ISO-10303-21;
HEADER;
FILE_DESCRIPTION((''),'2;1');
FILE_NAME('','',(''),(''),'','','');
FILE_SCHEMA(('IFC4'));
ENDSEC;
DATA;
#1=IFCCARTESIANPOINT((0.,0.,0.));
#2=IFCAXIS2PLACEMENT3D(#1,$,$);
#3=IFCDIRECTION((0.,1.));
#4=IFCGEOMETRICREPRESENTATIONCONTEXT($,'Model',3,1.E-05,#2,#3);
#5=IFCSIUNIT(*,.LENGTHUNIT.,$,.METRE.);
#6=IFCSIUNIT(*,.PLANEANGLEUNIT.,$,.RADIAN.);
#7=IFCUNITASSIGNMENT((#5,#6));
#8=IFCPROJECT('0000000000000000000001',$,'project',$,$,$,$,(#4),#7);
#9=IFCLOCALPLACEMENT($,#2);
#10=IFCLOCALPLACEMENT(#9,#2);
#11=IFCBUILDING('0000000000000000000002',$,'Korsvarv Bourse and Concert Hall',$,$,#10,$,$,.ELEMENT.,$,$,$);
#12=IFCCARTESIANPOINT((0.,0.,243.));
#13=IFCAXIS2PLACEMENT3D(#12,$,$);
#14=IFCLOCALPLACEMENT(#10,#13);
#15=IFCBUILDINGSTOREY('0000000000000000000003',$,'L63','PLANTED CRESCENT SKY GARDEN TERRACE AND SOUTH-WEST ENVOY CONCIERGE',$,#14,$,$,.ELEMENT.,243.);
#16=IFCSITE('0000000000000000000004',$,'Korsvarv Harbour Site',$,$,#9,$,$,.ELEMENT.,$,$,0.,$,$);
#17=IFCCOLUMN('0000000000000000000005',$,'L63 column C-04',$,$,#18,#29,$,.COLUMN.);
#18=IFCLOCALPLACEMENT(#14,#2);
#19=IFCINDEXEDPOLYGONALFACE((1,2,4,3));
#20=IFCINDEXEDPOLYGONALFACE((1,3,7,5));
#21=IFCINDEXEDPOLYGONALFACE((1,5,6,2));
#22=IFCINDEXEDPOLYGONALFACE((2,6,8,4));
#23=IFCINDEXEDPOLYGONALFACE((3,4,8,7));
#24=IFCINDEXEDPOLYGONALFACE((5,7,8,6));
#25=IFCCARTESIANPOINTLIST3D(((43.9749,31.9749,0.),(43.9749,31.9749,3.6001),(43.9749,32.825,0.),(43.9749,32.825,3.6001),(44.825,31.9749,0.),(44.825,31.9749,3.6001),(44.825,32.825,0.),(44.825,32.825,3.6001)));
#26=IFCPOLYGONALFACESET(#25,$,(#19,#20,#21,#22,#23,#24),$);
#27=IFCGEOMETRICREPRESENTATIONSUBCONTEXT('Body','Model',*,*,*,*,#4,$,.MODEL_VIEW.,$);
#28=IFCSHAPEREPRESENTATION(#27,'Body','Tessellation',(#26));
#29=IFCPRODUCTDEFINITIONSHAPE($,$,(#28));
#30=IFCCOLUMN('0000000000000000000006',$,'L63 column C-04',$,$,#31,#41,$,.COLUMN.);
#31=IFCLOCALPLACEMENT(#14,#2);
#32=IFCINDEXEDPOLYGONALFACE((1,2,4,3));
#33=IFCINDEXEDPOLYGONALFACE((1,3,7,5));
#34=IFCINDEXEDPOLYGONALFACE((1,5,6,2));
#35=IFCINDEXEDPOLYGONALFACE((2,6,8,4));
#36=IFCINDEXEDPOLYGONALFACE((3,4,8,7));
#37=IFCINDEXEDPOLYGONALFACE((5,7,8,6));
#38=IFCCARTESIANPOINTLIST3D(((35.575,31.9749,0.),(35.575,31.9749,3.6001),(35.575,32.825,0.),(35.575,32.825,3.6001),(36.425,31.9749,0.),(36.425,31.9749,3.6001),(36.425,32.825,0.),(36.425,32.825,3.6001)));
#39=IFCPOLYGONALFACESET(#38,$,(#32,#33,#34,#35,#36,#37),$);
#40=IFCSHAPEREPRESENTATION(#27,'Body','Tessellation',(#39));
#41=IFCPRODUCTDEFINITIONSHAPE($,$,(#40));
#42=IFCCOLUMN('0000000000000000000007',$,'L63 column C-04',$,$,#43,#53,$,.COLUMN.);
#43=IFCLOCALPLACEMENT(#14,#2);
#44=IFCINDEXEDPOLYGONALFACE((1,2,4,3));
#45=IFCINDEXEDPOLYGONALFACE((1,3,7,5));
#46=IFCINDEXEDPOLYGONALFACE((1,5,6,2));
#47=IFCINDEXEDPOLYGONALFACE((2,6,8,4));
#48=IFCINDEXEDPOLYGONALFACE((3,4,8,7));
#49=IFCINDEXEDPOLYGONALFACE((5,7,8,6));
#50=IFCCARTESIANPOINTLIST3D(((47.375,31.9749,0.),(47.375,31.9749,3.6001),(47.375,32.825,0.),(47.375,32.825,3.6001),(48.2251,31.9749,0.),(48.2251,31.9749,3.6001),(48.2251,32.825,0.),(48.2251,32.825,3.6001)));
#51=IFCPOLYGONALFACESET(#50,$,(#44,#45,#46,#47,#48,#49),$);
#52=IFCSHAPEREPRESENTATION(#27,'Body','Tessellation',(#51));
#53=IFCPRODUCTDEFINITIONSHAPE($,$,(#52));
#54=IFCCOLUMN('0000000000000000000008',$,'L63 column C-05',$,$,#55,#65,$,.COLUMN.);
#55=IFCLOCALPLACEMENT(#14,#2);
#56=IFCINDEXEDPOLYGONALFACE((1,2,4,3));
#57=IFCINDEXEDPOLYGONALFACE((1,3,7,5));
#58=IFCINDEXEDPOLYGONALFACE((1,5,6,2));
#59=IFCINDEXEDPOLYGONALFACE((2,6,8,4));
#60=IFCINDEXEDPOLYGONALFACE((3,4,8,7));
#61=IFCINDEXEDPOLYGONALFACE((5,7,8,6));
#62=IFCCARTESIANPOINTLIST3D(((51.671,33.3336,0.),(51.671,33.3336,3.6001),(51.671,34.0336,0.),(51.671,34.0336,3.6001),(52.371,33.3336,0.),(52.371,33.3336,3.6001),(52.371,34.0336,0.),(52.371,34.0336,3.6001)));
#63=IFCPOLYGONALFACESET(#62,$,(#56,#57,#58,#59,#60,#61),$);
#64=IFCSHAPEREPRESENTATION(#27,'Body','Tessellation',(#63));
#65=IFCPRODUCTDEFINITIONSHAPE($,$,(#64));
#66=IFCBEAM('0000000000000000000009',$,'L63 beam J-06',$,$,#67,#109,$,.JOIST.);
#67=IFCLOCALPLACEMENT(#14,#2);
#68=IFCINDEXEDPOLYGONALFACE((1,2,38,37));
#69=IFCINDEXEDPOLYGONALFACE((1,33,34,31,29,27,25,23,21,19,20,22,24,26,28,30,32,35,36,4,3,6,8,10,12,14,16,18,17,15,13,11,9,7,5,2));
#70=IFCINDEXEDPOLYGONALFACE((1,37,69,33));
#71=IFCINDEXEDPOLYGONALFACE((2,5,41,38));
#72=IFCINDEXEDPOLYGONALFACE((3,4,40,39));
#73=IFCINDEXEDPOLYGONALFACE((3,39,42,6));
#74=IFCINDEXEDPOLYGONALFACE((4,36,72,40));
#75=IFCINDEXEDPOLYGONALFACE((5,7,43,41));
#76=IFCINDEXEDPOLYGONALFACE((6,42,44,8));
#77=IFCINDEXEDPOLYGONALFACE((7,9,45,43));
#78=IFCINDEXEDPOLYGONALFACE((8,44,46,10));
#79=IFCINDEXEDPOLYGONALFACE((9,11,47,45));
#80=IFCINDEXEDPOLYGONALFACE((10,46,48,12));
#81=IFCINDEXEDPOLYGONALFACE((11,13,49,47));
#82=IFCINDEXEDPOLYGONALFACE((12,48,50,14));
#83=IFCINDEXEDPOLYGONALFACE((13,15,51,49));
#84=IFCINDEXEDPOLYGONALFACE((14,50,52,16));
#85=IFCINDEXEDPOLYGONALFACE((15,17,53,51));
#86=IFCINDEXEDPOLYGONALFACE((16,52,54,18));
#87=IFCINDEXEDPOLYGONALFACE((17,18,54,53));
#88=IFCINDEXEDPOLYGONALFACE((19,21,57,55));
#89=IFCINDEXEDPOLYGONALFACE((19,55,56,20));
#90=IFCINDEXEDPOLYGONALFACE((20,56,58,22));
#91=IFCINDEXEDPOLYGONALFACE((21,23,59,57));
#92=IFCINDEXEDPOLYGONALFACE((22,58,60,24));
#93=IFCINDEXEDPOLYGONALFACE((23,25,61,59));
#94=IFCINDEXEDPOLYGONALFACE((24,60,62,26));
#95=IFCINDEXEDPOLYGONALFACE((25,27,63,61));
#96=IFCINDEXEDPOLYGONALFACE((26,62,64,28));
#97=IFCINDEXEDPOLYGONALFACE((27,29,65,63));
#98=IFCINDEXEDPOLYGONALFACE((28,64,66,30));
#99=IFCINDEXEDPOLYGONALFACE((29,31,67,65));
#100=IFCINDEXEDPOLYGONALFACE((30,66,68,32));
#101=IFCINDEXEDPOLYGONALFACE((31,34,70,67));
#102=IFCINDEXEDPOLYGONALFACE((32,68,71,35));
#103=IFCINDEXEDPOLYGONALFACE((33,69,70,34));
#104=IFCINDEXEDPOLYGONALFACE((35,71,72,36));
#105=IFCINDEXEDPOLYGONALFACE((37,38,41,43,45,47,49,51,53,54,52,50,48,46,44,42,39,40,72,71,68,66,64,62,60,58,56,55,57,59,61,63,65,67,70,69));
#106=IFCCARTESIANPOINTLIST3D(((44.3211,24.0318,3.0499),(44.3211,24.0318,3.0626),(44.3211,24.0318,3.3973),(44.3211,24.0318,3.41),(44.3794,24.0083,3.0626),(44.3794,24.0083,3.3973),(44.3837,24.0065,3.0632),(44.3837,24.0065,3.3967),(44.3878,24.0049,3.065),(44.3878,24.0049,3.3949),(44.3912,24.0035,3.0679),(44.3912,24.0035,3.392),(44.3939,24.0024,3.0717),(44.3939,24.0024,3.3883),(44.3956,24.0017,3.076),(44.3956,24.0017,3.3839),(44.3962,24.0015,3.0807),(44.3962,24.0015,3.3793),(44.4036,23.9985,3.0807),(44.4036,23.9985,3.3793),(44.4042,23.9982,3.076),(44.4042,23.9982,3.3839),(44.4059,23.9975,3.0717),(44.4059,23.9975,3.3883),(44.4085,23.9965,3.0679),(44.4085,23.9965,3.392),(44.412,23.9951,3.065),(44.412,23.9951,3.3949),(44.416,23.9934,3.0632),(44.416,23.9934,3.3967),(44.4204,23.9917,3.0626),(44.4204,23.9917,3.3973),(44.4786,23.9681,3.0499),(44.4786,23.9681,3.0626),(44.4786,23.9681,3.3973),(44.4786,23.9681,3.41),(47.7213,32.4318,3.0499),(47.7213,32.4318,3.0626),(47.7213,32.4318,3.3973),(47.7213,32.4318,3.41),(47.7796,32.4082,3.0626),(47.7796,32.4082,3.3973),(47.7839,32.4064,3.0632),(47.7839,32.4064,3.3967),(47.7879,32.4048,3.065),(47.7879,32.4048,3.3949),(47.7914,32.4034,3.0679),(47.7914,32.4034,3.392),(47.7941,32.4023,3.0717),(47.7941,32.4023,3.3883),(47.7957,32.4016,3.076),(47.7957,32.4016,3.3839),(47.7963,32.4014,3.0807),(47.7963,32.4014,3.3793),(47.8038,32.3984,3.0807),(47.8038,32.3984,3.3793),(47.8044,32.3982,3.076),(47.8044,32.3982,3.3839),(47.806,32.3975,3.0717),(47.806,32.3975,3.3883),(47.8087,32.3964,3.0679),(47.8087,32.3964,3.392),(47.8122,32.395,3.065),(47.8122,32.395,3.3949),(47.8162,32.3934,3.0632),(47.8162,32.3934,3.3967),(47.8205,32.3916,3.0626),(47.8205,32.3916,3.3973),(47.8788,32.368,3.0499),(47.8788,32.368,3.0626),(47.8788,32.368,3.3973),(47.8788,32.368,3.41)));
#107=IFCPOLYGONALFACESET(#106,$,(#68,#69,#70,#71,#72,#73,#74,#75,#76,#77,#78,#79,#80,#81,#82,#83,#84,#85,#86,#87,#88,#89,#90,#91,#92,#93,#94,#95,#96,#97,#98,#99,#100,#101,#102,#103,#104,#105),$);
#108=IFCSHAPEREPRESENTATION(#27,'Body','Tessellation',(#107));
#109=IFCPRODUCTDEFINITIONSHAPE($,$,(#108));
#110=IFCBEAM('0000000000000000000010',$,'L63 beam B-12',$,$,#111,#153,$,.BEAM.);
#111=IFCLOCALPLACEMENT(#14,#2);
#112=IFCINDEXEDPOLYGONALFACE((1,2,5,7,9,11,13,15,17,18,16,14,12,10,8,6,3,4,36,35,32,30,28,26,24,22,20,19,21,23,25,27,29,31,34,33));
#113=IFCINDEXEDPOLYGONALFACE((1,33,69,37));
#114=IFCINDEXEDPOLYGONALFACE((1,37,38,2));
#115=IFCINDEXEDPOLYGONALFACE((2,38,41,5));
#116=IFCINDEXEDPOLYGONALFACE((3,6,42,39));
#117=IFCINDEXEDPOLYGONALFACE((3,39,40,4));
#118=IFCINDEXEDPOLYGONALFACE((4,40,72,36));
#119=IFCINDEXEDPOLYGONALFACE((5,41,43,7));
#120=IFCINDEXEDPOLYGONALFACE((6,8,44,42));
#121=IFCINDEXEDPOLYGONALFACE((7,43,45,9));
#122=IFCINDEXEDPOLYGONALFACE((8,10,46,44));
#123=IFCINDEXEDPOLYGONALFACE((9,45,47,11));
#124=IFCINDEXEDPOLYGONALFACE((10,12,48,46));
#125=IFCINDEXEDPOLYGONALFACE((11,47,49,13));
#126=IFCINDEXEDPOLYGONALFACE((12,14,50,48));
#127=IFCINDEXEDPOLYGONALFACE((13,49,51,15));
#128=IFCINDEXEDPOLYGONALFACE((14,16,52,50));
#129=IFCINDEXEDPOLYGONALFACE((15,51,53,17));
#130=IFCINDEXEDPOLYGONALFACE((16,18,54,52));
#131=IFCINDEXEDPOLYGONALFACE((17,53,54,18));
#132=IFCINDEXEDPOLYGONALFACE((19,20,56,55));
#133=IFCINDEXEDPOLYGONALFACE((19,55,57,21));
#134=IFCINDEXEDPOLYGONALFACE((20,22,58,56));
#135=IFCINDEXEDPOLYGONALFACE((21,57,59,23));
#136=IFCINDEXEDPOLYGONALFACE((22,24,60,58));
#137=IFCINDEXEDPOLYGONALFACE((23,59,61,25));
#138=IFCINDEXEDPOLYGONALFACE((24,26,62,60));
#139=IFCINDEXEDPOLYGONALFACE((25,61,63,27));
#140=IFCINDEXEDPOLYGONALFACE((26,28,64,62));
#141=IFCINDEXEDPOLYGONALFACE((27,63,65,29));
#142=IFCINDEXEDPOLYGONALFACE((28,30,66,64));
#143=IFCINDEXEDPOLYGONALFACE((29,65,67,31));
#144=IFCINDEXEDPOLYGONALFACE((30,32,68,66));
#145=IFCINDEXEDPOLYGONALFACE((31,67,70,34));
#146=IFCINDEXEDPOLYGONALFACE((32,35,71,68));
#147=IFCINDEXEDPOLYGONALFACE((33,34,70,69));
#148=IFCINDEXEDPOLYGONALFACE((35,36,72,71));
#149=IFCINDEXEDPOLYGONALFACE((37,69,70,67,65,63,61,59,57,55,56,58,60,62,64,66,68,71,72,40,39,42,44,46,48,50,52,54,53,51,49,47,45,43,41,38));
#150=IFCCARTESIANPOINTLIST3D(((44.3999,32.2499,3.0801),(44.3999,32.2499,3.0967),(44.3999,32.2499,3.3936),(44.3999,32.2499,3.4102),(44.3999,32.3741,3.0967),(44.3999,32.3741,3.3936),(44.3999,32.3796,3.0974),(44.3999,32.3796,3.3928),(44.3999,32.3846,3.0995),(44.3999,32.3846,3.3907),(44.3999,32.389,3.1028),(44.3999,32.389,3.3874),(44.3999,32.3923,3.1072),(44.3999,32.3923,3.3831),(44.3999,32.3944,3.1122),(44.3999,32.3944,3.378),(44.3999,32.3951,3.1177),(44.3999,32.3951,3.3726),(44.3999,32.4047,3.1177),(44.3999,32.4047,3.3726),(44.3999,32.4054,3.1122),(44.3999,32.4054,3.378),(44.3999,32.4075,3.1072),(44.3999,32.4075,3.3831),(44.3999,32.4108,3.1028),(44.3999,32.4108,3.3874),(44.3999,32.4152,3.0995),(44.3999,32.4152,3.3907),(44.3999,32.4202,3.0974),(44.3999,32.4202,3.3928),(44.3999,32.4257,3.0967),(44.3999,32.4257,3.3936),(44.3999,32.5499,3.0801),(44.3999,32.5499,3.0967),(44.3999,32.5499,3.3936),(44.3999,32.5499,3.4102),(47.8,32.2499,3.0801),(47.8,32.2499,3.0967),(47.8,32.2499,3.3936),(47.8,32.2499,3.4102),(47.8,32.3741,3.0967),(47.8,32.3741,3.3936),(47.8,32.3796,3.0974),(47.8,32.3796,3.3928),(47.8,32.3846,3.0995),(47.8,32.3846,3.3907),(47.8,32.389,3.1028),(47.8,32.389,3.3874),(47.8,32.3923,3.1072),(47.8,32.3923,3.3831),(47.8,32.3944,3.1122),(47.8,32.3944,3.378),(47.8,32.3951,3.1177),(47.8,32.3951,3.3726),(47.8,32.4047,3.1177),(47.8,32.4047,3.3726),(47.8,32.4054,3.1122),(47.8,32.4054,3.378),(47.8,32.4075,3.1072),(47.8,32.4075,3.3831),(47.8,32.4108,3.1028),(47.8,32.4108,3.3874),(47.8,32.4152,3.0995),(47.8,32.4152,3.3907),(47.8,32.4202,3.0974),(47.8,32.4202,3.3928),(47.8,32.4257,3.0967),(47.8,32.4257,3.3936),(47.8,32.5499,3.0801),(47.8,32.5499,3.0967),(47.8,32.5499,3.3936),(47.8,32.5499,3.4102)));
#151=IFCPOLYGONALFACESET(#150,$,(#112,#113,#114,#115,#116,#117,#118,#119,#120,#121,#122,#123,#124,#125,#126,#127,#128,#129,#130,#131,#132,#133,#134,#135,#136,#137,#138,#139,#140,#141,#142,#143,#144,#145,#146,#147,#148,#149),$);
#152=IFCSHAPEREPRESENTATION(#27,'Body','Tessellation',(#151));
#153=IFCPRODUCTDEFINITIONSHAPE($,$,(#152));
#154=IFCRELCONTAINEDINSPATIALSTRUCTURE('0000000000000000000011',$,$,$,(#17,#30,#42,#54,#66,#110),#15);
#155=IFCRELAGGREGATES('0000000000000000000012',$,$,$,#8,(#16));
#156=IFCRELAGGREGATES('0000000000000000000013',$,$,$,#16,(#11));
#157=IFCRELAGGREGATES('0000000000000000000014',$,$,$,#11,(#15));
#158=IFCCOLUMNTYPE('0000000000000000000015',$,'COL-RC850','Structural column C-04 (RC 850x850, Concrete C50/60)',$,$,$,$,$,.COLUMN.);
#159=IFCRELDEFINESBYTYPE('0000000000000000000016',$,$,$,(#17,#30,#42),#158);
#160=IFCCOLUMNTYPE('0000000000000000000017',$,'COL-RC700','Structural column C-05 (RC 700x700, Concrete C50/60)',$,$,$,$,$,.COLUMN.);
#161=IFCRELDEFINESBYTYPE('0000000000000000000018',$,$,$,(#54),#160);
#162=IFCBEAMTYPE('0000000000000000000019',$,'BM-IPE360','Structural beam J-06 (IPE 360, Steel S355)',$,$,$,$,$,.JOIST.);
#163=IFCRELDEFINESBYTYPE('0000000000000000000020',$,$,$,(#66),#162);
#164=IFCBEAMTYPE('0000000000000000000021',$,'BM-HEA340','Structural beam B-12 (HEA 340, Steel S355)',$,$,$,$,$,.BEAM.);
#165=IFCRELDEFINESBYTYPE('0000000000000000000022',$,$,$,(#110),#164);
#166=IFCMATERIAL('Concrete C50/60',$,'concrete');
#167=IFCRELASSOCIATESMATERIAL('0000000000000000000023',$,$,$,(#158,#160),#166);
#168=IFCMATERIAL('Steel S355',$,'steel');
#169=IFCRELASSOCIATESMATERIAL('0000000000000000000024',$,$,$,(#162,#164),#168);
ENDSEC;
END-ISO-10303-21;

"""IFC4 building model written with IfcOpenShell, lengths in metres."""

from ifc_helpers import new_model, si_unit, direction, frame, origin, origin_2d, place, context, subcontext, project, spatial, rectangle, i_section, extrude, source, transform, mapped, material, material_profile, profile_set, type_object, element, save


model = new_model("IFC4")

# Units and contexts
model_context = context("Model", 3, precision=1e-05, world=origin(), true_north=direction((0.0, 1.0)))
body_context = subcontext(model_context, "Body", "Model", "MODEL_VIEW")
ifc_project = project(units=[si_unit("LENGTHUNIT", "METRE"), si_unit("PLANEANGLEUNIT", "RADIAN")], contexts=[model_context])

# Site, building, storey
site_placement = place(None, origin())
site = spatial("IfcSite", under=ifc_project, at=site_placement, Name="Korsvarv Harbour Site", CompositionType="ELEMENT", RefElevation=0.0)
building_placement = place(site_placement, origin())
building = spatial("IfcBuilding", under=site, at=building_placement, Name="Korsvarv Bourse and Concert Hall", CompositionType="ELEMENT")
storey_placement = place(building_placement, frame((0.0, 0.0, 243.0)))
storey = spatial("IfcBuildingStorey", under=building, at=storey_placement, Name="L63", Description="PLANTED CRESCENT SKY GARDEN TERRACE AND SOUTH-WEST ENVOY CONCIERGE", CompositionType="ELEMENT", Elevation=243.0)

# Columns
ifc_material_1 = material(Name="Concrete C50/60", Category="concrete")
ifc_material_profile_1 = material_profile(ifc_material_1, rectangle(XDim=0.8501, YDim=0.8501, at=origin_2d()), Name="RC 850x850")
ifc_profile_set_1 = profile_set([ifc_material_profile_1], Name="Concrete C50/60")
column_type_1 = type_object("IfcColumnType", Name="COL-RC850", Description="Structural column C-04 (RC 850x850, Concrete C50/60)", PredefinedType="COLUMN", material=ifc_profile_set_1)
shared_shape_1 = source(origin(), body_context, "Body", "SweptSolid", [
    extrude(rectangle(XDim=0.8501, YDim=0.8501, at=origin_2d()), origin(), (0.0, 0.0, 1.0), 3.6001),
])
for number, where, z_axis, x_axis, name in (
    (1, (44.3999, 32.3999, 0.0), (0.0, 0.0, 1.0), (1.0, 0.0, 0.0), "L63 column C-04"),
    (2, (36.0, 32.3999, 0.0), (0.0, 0.0, 1.0), (1.0, 0.0, 0.0), "L63 column C-04"),
    (3, (47.8, 32.3999, 0.0), (0.0, 0.0, 1.0), (1.0, 0.0, 0.0), "L63 column C-04"),
):
    element("IfcColumn", number, at=place(storey_placement, frame(where, z_axis=z_axis, x_axis=x_axis)), inside=storey, type_object=column_type_1, Name=name, PredefinedType="COLUMN", context=body_context, shape_type="MappedRepresentation", body=[
        mapped(shared_shape_1, transform((0.0, 0.0, 0.0), scale=1.0)),
    ])
ifc_material_profile_2 = material_profile(ifc_material_1, rectangle(XDim=0.7, YDim=0.7, at=origin_2d()), Name="RC 700x700")
ifc_profile_set_2 = profile_set([ifc_material_profile_2], Name="Concrete C50/60")
column_type_2 = type_object("IfcColumnType", Name="COL-RC700", Description="Structural column C-05 (RC 700x700, Concrete C50/60)", PredefinedType="COLUMN", material=ifc_profile_set_2)
shared_shape_2 = source(origin(), body_context, "Body", "SweptSolid", [
    extrude(rectangle(XDim=0.7, YDim=0.7, at=origin_2d()), origin(), (0.0, 0.0, 1.0), 3.6001),
])
column_placement = place(storey_placement, frame((52.021, 33.6836, 0.0), z_axis=(0.0, 0.0, 1.0), x_axis=(1.0, 0.0, 0.0)))
element("IfcColumn", 4, at=column_placement, inside=storey, type_object=column_type_2, Name="L63 column C-05", PredefinedType="COLUMN", context=body_context, shape_type="MappedRepresentation", body=[
    mapped(shared_shape_2, transform((0.0, 0.0, 0.0), scale=1.0)),
])

# Beams
ifc_material_2 = material(Name="Steel S355", Category="steel")
ifc_material_profile_3 = material_profile(ifc_material_2, i_section(OverallWidth=0.1699, OverallDepth=0.3601, WebThickness=0.0081, FlangeThickness=0.0127, FilletRadius=0.0181, at=origin_2d()), Name="IPE 360")
ifc_profile_set_3 = profile_set([ifc_material_profile_3], Name="Steel S355")
beam_type_1 = type_object("IfcBeamType", Name="BM-IPE360", Description="Structural beam J-06 (IPE 360, Steel S355)", PredefinedType="JOIST", material=ifc_profile_set_3)
shared_shape_3 = source(origin(), body_context, "Body", "SweptSolid", [
    extrude(i_section(OverallWidth=0.1699, OverallDepth=0.3601, WebThickness=0.0081, FlangeThickness=0.0127, FilletRadius=0.0181, at=origin_2d()), origin(), (0.0, 0.0, 1.0), 9.062),
])
beam_1_placement = place(storey_placement, frame((47.8, 32.3999, 3.23), z_axis=(-0.37521, -0.92694, 0.0), x_axis=(0.92694, -0.37521, 0.0)))
element("IfcBeam", 5, at=beam_1_placement, inside=storey, type_object=beam_type_1, Name="L63 beam J-06", PredefinedType="JOIST", context=body_context, shape_type="MappedRepresentation", body=[
    mapped(shared_shape_3, transform((0.0, 0.0, 0.0), scale=1.0)),
])
ifc_material_profile_4 = material_profile(ifc_material_2, i_section(OverallWidth=0.3, OverallDepth=0.3301, WebThickness=0.0095, FlangeThickness=0.0166, FilletRadius=0.021, at=origin_2d()), Name="HEA 340")
ifc_profile_set_4 = profile_set([ifc_material_profile_4], Name="Steel S355")
beam_type_2 = type_object("IfcBeamType", Name="BM-HEA340", Description="Structural beam B-12 (HEA 340, Steel S355)", PredefinedType="BEAM", material=ifc_profile_set_4)
shared_shape_4 = source(origin(), body_context, "Body", "SweptSolid", [
    extrude(i_section(OverallWidth=0.3, OverallDepth=0.3301, WebThickness=0.0095, FlangeThickness=0.0166, FilletRadius=0.021, at=origin_2d()), origin(), (0.0, 0.0, 1.0), 3.4001),
])
beam_2_placement = place(storey_placement, frame((44.3999, 32.3999, 3.2451), z_axis=(1.0, 0.0, 0.0), x_axis=(0.0, 1.0, 0.0)))
element("IfcBeam", 6, at=beam_2_placement, inside=storey, type_object=beam_type_2, Name="L63 beam B-12", PredefinedType="BEAM", context=body_context, shape_type="MappedRepresentation", body=[
    mapped(shared_shape_4, transform((0.0, 0.0, 0.0), scale=1.0)),
])

save(model, "model.ifc")
